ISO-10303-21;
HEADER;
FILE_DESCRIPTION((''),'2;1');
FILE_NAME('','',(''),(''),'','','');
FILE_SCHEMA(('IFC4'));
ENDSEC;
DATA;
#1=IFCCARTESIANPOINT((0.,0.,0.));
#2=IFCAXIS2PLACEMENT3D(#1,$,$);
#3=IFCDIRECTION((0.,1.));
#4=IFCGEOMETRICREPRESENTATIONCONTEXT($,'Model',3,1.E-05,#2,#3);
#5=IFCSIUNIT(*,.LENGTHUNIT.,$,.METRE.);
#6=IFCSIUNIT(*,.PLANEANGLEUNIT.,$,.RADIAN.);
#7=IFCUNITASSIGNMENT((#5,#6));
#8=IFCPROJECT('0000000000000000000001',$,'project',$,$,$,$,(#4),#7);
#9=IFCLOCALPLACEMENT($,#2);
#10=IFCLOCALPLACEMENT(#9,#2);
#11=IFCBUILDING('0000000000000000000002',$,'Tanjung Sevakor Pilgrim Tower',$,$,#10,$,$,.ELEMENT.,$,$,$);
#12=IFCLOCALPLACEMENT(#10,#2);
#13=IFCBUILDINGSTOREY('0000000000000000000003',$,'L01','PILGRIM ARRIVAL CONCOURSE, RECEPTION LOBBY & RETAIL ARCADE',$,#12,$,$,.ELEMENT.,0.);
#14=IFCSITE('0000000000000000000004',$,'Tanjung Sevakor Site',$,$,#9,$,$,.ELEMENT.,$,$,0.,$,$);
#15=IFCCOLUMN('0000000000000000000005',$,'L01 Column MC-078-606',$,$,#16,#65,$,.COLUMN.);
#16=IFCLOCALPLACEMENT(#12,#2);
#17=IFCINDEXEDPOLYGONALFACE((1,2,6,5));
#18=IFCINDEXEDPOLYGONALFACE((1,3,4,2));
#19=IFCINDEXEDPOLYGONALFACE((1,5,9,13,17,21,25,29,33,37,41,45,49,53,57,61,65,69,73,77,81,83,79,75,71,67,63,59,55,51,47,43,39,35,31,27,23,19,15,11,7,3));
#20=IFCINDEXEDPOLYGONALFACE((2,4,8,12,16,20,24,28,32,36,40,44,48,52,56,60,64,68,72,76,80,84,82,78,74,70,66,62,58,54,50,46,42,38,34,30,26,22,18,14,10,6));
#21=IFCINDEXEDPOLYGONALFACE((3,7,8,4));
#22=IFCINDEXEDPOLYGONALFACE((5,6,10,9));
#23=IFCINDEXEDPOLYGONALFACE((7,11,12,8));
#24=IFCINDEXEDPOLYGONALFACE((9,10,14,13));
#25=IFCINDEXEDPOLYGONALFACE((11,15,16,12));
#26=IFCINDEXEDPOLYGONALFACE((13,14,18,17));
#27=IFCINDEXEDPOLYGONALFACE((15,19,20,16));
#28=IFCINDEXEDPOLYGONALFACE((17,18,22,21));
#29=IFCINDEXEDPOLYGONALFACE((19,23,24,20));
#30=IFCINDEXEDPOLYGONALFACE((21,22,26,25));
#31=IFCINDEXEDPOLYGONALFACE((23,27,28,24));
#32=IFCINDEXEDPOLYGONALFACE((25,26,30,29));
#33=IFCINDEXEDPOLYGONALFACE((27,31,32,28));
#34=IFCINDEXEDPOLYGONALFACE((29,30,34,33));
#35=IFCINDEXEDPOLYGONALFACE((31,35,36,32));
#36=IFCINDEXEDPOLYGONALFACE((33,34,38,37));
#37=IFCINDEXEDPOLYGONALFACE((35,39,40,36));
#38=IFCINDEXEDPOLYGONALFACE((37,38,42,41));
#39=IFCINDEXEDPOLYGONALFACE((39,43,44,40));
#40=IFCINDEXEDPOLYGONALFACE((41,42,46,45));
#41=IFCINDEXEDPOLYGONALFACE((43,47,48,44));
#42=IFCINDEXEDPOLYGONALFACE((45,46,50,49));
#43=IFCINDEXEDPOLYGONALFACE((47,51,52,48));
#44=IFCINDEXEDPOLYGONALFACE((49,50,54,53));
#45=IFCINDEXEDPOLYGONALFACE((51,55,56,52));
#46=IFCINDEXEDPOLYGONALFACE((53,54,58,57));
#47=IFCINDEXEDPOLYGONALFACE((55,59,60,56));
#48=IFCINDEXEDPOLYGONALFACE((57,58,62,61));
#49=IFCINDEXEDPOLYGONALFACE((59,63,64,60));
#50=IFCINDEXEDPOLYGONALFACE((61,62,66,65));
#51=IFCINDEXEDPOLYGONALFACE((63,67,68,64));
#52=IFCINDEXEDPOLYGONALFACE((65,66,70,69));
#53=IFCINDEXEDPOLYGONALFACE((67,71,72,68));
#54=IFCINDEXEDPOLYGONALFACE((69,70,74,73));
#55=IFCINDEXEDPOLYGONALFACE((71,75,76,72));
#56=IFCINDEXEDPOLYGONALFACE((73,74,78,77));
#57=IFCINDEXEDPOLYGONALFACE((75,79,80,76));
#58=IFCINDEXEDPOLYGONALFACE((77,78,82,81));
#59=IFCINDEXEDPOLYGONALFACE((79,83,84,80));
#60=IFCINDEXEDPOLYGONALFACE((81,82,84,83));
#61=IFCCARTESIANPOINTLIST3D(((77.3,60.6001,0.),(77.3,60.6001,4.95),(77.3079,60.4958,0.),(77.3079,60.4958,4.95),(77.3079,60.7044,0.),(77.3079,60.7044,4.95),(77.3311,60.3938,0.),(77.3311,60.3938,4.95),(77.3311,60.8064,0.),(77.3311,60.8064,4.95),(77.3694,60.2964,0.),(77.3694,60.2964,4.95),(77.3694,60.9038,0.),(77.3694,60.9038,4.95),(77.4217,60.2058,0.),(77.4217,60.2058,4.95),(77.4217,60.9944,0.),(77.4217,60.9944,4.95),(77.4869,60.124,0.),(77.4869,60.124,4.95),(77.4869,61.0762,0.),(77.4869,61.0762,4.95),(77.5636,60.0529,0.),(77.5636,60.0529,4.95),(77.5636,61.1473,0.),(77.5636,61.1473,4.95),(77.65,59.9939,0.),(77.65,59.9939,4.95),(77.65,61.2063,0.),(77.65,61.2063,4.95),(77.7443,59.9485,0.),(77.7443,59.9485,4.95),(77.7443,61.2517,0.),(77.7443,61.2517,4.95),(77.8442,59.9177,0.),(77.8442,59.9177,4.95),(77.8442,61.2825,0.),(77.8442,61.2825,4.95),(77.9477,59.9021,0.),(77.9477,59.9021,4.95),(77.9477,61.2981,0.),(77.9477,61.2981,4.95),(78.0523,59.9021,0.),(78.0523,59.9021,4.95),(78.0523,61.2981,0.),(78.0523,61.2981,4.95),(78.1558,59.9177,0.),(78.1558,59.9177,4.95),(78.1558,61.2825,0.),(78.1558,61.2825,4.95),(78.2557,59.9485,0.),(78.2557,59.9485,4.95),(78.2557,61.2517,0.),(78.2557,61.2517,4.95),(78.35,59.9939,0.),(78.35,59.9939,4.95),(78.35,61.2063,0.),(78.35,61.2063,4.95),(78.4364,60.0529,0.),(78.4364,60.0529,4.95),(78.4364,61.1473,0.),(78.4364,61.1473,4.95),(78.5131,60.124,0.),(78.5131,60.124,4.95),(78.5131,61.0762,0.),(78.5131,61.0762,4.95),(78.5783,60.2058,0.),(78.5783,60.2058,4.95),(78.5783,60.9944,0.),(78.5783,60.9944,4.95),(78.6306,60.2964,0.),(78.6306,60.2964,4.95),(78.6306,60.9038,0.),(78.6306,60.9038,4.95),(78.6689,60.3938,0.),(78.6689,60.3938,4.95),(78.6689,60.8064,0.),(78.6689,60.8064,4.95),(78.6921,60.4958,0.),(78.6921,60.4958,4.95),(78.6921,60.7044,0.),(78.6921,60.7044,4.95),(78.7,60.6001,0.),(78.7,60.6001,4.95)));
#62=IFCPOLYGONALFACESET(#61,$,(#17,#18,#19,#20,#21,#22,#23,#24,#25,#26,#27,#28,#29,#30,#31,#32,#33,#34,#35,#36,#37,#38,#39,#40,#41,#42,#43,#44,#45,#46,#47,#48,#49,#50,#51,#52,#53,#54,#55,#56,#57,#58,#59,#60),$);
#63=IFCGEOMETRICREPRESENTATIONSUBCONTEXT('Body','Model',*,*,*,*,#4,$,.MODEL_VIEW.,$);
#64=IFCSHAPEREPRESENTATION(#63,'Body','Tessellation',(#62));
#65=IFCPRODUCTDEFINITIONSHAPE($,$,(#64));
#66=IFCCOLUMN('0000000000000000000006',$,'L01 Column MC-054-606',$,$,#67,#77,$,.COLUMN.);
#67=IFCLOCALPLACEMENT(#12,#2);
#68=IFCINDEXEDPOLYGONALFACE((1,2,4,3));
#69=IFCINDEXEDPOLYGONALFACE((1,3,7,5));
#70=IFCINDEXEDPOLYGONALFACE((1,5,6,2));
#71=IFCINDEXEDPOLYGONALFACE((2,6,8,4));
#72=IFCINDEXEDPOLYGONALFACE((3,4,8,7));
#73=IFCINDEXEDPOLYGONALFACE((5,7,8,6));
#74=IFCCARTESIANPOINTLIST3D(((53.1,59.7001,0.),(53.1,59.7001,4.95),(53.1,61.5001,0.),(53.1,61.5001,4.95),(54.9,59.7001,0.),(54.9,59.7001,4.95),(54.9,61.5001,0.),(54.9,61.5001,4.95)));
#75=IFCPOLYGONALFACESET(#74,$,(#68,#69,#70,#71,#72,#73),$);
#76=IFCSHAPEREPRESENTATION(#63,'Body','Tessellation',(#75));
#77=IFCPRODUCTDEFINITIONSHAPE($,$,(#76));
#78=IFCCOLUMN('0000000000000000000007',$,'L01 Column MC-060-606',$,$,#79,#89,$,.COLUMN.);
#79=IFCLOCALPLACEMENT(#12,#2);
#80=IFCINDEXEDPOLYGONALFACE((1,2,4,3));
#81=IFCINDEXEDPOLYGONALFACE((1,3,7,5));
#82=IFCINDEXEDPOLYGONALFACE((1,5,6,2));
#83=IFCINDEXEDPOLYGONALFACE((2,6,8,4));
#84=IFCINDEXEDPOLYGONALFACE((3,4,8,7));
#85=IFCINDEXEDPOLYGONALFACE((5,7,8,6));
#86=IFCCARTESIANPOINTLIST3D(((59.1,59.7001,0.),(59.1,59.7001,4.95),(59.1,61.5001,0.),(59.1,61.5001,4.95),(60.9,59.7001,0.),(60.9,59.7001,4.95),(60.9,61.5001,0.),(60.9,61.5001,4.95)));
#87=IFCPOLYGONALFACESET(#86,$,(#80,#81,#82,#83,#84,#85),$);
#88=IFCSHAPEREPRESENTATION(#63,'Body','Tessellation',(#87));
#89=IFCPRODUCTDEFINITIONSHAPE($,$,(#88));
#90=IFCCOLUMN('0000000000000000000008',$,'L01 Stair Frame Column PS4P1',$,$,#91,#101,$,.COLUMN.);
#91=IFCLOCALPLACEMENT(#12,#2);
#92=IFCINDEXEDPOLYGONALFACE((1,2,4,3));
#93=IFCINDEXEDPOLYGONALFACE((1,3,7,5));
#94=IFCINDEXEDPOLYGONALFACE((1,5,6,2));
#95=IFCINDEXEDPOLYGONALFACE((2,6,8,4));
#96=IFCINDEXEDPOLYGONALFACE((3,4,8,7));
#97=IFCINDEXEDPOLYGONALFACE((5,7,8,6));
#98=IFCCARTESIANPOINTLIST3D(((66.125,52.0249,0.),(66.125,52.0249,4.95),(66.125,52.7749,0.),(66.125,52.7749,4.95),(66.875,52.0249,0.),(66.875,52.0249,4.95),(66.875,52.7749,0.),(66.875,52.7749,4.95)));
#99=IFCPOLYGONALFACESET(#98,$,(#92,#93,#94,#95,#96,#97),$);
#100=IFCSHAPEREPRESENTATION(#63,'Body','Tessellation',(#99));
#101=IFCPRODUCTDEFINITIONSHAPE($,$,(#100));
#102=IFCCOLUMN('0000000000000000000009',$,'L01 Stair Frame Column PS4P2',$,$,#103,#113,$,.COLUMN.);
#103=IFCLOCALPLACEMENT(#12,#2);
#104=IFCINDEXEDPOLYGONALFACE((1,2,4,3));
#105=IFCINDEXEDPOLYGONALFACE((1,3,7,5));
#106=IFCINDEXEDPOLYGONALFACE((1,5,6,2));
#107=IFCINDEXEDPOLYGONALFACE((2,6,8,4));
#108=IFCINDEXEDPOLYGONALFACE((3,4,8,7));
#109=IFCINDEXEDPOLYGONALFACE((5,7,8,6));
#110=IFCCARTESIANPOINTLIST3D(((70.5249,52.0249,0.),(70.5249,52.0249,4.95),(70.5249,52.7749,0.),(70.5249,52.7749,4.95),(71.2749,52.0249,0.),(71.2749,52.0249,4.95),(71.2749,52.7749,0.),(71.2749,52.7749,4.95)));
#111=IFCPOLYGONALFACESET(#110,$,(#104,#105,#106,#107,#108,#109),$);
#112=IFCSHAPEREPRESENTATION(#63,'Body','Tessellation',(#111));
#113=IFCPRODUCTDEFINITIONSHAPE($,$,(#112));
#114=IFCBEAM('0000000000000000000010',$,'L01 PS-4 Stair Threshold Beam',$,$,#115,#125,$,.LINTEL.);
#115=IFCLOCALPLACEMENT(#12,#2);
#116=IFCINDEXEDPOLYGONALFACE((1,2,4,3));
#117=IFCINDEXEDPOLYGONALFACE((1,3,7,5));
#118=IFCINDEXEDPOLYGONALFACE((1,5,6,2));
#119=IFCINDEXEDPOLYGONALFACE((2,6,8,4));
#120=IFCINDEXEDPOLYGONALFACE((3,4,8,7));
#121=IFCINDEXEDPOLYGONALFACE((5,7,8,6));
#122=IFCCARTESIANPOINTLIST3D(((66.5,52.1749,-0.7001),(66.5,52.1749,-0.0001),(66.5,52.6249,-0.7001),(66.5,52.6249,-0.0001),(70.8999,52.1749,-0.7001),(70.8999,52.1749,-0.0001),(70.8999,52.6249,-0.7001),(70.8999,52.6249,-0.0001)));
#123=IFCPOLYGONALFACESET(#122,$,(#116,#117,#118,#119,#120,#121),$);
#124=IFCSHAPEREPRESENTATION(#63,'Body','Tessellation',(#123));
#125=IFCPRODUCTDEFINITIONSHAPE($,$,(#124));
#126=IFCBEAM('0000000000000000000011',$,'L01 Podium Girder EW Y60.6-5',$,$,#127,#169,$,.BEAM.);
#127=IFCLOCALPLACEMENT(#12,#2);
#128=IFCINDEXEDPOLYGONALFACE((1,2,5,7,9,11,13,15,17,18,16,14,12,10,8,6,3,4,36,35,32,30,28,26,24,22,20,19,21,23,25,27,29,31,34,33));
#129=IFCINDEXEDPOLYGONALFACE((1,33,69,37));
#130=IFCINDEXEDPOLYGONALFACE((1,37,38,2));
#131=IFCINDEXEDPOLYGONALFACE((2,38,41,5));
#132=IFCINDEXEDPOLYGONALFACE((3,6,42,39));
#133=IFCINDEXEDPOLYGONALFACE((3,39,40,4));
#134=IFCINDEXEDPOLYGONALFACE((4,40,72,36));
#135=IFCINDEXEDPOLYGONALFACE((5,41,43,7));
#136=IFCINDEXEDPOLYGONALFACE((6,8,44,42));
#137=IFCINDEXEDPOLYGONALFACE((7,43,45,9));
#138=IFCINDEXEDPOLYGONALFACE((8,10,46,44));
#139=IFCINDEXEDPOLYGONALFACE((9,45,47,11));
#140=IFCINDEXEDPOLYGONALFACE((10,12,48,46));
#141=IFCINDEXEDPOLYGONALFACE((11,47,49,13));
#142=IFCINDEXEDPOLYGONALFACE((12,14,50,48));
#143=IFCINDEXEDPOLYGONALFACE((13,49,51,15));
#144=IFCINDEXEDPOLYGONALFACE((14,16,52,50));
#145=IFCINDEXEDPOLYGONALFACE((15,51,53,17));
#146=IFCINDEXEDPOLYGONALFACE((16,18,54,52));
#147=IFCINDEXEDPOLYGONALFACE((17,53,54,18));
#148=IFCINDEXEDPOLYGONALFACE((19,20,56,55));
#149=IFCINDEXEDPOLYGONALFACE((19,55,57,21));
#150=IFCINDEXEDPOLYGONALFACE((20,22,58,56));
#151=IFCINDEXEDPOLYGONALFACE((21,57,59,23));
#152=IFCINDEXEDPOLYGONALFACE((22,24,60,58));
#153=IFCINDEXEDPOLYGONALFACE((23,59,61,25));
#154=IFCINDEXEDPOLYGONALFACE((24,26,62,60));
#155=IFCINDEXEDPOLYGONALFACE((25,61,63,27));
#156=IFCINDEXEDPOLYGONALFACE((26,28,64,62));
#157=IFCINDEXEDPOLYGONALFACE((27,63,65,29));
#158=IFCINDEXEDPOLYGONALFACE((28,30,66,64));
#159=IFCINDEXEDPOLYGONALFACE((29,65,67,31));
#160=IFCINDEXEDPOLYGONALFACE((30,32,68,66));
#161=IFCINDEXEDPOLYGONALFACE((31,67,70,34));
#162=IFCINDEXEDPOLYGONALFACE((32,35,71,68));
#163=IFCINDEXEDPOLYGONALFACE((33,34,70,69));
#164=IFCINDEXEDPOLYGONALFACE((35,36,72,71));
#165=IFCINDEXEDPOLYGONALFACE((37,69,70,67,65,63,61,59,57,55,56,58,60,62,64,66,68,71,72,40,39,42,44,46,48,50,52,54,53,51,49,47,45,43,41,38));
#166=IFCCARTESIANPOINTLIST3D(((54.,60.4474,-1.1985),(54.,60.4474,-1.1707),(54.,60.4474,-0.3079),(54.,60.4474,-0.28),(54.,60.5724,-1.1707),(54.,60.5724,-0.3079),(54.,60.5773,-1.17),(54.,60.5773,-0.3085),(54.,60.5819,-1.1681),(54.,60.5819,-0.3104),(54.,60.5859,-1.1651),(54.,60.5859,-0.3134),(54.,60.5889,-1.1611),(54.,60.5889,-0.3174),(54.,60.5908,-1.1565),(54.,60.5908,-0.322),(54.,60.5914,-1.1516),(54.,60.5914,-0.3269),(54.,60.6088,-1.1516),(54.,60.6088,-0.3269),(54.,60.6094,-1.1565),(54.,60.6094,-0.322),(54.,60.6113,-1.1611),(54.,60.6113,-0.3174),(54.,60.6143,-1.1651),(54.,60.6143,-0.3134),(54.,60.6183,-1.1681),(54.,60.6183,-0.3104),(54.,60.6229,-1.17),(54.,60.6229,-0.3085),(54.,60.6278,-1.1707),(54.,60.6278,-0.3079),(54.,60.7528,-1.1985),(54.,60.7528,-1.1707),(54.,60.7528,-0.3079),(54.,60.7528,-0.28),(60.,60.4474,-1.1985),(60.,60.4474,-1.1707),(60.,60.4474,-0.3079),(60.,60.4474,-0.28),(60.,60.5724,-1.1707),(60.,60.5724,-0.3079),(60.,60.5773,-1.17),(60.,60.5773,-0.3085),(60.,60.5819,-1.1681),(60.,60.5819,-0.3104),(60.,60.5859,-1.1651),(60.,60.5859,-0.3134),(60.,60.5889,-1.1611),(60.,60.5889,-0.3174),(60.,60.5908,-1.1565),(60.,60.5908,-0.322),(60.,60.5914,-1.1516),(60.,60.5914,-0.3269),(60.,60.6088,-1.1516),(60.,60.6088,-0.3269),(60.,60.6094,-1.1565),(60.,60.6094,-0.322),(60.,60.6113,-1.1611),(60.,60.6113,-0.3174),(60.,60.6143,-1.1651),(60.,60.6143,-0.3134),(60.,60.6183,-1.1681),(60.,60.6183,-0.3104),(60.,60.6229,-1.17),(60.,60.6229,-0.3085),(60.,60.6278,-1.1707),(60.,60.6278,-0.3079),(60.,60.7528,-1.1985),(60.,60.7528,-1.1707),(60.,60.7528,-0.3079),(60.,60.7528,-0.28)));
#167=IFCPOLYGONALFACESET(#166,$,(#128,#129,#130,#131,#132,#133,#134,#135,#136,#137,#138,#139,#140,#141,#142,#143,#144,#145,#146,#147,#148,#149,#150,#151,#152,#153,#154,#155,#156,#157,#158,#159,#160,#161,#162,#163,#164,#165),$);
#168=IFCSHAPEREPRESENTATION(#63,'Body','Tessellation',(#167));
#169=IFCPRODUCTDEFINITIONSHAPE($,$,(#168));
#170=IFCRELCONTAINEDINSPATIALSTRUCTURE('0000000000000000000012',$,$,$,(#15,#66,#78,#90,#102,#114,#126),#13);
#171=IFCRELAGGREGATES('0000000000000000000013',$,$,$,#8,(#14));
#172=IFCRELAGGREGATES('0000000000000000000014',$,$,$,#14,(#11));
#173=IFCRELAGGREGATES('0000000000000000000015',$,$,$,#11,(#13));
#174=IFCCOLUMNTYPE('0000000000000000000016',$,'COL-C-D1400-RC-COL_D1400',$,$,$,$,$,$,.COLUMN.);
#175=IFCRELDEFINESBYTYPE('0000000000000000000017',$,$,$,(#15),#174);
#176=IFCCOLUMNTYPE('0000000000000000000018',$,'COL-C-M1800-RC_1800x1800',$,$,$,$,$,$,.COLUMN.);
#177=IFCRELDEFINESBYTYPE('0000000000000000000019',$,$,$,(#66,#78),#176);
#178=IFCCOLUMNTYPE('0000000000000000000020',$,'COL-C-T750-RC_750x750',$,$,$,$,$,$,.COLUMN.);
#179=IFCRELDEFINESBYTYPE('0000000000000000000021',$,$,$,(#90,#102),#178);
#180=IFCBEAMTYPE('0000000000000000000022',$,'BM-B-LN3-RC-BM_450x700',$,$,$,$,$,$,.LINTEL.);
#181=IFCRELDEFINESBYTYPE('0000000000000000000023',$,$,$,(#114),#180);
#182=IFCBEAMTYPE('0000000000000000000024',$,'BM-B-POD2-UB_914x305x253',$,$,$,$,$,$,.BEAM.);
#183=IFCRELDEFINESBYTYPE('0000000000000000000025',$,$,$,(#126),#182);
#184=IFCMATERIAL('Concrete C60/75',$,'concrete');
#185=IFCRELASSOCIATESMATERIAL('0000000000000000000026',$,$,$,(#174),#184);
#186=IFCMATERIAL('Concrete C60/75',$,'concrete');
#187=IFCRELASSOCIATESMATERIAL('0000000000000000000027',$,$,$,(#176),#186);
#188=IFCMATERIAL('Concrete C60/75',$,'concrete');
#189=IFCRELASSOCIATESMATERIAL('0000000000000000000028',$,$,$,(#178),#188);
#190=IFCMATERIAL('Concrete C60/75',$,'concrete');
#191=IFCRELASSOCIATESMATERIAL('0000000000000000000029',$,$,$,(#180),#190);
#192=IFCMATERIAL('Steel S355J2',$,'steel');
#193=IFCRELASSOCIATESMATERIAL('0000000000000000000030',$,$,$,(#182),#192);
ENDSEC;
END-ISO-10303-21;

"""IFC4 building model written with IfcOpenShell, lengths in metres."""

from ifc_helpers import new_model, si_unit, direction, frame, origin, origin_2d, place, context, subcontext, project, spatial, rectangle, circle, i_section, extrude, material, material_profile, profile_set, type_object, element, save


model = new_model("IFC4")

# Units and contexts
model_context = context("Model", 3, precision=1e-05, world=origin(), true_north=direction((0.0, 1.0)))
body_context = subcontext(model_context, "Body", "Model", "MODEL_VIEW")
ifc_project = project(units=[si_unit("LENGTHUNIT", "METRE"), si_unit("PLANEANGLEUNIT", "RADIAN")], contexts=[model_context])

# Site, building, storey
site_placement = place(None, origin())
site = spatial("IfcSite", under=ifc_project, at=site_placement, Name="Tanjung Sevakor Site", CompositionType="ELEMENT", RefElevation=0.0)
building_placement = place(site_placement, origin())
building = spatial("IfcBuilding", under=site, at=building_placement, Name="Tanjung Sevakor Pilgrim Tower", CompositionType="ELEMENT")
storey_placement = place(building_placement, origin())
storey = spatial("IfcBuildingStorey", under=building, at=storey_placement, Name="L01", Description="PILGRIM ARRIVAL CONCOURSE, RECEPTION LOBBY & RETAIL ARCADE", CompositionType="ELEMENT", Elevation=0.0)

# Columns
ifc_material_1 = material(Name="Concrete C60/75", Category="concrete")
ifc_material_profile_1 = material_profile(ifc_material_1, circle(Radius=0.7, at=origin_2d()))
ifc_profile_set_1 = profile_set([ifc_material_profile_1], Name="Concrete C60/75")
column_type_1 = type_object("IfcColumnType", Name="COL-C-D1400-RC-COL_D1400", PredefinedType="COLUMN", material=ifc_profile_set_1)
column_placement = place(storey_placement, frame((78.0, 60.6001, 0.0), z_axis=(0.0, 0.0, 1.0), x_axis=(1.0, 0.0, 0.0)))
element("IfcColumn", 1, at=column_placement, inside=storey, type_object=column_type_1, Name="L01 Column MC-078-606", PredefinedType="COLUMN", context=body_context, shape_type="SweptSolid", body=[
    extrude(circle(Radius=0.7, at=origin_2d()), origin(), (0.0, 0.0, 1.0), 4.95),
])
ifc_material_2 = material(Name="Concrete C60/75", Category="concrete")
ifc_material_profile_2 = material_profile(ifc_material_2, rectangle(XDim=1.8, YDim=1.8, at=origin_2d()))
ifc_profile_set_2 = profile_set([ifc_material_profile_2], Name="Concrete C60/75")
column_type_2 = type_object("IfcColumnType", Name="COL-C-M1800-RC_1800x1800", PredefinedType="COLUMN", material=ifc_profile_set_2)
for number, where, z_axis, x_axis, name in (
    (2, (54.0, 60.6001, 0.0), (0.0, 0.0, 1.0), (1.0, 0.0, 0.0), "L01 Column MC-054-606"),
    (3, (60.0, 60.6001, 0.0), (0.0, 0.0, 1.0), (1.0, 0.0, 0.0), "L01 Column MC-060-606"),
):
    element("IfcColumn", number, at=place(storey_placement, frame(where, z_axis=z_axis, x_axis=x_axis)), inside=storey, type_object=column_type_2, Name=name, PredefinedType="COLUMN", context=body_context, shape_type="SweptSolid", body=[
        extrude(rectangle(XDim=1.8, YDim=1.8, at=origin_2d()), origin(), (0.0, 0.0, 1.0), 4.95),
    ])
ifc_material_3 = material(Name="Concrete C60/75", Category="concrete")
ifc_material_profile_3 = material_profile(ifc_material_3, rectangle(XDim=0.75, YDim=0.75, at=origin_2d()))
ifc_profile_set_3 = profile_set([ifc_material_profile_3], Name="Concrete C60/75")
column_type_3 = type_object("IfcColumnType", Name="COL-C-T750-RC_750x750", PredefinedType="COLUMN", material=ifc_profile_set_3)
for number, where, z_axis, x_axis, name in (
    (4, (66.5, 52.3999, 0.0), (0.0, 0.0, 1.0), (1.0, 0.0, 0.0), "L01 Stair Frame Column PS4P1"),
    (5, (70.8999, 52.3999, 0.0), (0.0, 0.0, 1.0), (1.0, 0.0, 0.0), "L01 Stair Frame Column PS4P2"),
):
    element("IfcColumn", number, at=place(storey_placement, frame(where, z_axis=z_axis, x_axis=x_axis)), inside=storey, type_object=column_type_3, Name=name, PredefinedType="COLUMN", context=body_context, shape_type="SweptSolid", body=[
        extrude(rectangle(XDim=0.75, YDim=0.75, at=origin_2d()), origin(), (0.0, 0.0, 1.0), 4.95),
    ])

# Beams
ifc_material_4 = material(Name="Concrete C60/75", Category="concrete")
ifc_material_profile_4 = material_profile(ifc_material_4, rectangle(XDim=0.45, YDim=0.7, at=origin_2d()))
ifc_profile_set_4 = profile_set([ifc_material_profile_4], Name="Concrete C60/75")
beam_type_1 = type_object("IfcBeamType", Name="BM-B-LN3-RC-BM_450x700", PredefinedType="LINTEL", material=ifc_profile_set_4)
beam_1_placement = place(storey_placement, frame((66.5, 52.3999, -0.3501), z_axis=(1.0, 0.0, 0.0), x_axis=(0.0, 1.0, 0.0)))
element("IfcBeam", 6, at=beam_1_placement, inside=storey, type_object=beam_type_1, Name="L01 PS-4 Stair Threshold Beam", PredefinedType="LINTEL", context=body_context, shape_type="SweptSolid", body=[
    extrude(rectangle(XDim=0.45, YDim=0.7, at=origin_2d()), origin(), (0.0, 0.0, 1.0), 4.3999),
])
ifc_material_5 = material(Name="Steel S355J2", Category="steel")
ifc_material_profile_5 = material_profile(ifc_material_5, i_section(OverallWidth=0.3054, OverallDepth=0.9185, WebThickness=0.0173, FlangeThickness=0.0278, FilletRadius=0.019, at=origin_2d()))
ifc_profile_set_5 = profile_set([ifc_material_profile_5], Name="Steel S355J2")
beam_type_2 = type_object("IfcBeamType", Name="BM-B-POD2-UB_914x305x253", PredefinedType="BEAM", material=ifc_profile_set_5)
beam_2_placement = place(storey_placement, frame((54.0, 60.6001, -0.7393), z_axis=(1.0, 0.0, 0.0), x_axis=(0.0, 1.0, 0.0)))
element("IfcBeam", 7, at=beam_2_placement, inside=storey, type_object=beam_type_2, Name="L01 Podium Girder EW Y60.6-5", PredefinedType="BEAM", context=body_context, shape_type="SweptSolid", body=[
    extrude(i_section(OverallWidth=0.3054, OverallDepth=0.9185, WebThickness=0.0173, FlangeThickness=0.0278, FilletRadius=0.019, at=origin_2d()), origin(), (0.0, 0.0, 1.0), 6.0),
])

save(model, "model.ifc")
